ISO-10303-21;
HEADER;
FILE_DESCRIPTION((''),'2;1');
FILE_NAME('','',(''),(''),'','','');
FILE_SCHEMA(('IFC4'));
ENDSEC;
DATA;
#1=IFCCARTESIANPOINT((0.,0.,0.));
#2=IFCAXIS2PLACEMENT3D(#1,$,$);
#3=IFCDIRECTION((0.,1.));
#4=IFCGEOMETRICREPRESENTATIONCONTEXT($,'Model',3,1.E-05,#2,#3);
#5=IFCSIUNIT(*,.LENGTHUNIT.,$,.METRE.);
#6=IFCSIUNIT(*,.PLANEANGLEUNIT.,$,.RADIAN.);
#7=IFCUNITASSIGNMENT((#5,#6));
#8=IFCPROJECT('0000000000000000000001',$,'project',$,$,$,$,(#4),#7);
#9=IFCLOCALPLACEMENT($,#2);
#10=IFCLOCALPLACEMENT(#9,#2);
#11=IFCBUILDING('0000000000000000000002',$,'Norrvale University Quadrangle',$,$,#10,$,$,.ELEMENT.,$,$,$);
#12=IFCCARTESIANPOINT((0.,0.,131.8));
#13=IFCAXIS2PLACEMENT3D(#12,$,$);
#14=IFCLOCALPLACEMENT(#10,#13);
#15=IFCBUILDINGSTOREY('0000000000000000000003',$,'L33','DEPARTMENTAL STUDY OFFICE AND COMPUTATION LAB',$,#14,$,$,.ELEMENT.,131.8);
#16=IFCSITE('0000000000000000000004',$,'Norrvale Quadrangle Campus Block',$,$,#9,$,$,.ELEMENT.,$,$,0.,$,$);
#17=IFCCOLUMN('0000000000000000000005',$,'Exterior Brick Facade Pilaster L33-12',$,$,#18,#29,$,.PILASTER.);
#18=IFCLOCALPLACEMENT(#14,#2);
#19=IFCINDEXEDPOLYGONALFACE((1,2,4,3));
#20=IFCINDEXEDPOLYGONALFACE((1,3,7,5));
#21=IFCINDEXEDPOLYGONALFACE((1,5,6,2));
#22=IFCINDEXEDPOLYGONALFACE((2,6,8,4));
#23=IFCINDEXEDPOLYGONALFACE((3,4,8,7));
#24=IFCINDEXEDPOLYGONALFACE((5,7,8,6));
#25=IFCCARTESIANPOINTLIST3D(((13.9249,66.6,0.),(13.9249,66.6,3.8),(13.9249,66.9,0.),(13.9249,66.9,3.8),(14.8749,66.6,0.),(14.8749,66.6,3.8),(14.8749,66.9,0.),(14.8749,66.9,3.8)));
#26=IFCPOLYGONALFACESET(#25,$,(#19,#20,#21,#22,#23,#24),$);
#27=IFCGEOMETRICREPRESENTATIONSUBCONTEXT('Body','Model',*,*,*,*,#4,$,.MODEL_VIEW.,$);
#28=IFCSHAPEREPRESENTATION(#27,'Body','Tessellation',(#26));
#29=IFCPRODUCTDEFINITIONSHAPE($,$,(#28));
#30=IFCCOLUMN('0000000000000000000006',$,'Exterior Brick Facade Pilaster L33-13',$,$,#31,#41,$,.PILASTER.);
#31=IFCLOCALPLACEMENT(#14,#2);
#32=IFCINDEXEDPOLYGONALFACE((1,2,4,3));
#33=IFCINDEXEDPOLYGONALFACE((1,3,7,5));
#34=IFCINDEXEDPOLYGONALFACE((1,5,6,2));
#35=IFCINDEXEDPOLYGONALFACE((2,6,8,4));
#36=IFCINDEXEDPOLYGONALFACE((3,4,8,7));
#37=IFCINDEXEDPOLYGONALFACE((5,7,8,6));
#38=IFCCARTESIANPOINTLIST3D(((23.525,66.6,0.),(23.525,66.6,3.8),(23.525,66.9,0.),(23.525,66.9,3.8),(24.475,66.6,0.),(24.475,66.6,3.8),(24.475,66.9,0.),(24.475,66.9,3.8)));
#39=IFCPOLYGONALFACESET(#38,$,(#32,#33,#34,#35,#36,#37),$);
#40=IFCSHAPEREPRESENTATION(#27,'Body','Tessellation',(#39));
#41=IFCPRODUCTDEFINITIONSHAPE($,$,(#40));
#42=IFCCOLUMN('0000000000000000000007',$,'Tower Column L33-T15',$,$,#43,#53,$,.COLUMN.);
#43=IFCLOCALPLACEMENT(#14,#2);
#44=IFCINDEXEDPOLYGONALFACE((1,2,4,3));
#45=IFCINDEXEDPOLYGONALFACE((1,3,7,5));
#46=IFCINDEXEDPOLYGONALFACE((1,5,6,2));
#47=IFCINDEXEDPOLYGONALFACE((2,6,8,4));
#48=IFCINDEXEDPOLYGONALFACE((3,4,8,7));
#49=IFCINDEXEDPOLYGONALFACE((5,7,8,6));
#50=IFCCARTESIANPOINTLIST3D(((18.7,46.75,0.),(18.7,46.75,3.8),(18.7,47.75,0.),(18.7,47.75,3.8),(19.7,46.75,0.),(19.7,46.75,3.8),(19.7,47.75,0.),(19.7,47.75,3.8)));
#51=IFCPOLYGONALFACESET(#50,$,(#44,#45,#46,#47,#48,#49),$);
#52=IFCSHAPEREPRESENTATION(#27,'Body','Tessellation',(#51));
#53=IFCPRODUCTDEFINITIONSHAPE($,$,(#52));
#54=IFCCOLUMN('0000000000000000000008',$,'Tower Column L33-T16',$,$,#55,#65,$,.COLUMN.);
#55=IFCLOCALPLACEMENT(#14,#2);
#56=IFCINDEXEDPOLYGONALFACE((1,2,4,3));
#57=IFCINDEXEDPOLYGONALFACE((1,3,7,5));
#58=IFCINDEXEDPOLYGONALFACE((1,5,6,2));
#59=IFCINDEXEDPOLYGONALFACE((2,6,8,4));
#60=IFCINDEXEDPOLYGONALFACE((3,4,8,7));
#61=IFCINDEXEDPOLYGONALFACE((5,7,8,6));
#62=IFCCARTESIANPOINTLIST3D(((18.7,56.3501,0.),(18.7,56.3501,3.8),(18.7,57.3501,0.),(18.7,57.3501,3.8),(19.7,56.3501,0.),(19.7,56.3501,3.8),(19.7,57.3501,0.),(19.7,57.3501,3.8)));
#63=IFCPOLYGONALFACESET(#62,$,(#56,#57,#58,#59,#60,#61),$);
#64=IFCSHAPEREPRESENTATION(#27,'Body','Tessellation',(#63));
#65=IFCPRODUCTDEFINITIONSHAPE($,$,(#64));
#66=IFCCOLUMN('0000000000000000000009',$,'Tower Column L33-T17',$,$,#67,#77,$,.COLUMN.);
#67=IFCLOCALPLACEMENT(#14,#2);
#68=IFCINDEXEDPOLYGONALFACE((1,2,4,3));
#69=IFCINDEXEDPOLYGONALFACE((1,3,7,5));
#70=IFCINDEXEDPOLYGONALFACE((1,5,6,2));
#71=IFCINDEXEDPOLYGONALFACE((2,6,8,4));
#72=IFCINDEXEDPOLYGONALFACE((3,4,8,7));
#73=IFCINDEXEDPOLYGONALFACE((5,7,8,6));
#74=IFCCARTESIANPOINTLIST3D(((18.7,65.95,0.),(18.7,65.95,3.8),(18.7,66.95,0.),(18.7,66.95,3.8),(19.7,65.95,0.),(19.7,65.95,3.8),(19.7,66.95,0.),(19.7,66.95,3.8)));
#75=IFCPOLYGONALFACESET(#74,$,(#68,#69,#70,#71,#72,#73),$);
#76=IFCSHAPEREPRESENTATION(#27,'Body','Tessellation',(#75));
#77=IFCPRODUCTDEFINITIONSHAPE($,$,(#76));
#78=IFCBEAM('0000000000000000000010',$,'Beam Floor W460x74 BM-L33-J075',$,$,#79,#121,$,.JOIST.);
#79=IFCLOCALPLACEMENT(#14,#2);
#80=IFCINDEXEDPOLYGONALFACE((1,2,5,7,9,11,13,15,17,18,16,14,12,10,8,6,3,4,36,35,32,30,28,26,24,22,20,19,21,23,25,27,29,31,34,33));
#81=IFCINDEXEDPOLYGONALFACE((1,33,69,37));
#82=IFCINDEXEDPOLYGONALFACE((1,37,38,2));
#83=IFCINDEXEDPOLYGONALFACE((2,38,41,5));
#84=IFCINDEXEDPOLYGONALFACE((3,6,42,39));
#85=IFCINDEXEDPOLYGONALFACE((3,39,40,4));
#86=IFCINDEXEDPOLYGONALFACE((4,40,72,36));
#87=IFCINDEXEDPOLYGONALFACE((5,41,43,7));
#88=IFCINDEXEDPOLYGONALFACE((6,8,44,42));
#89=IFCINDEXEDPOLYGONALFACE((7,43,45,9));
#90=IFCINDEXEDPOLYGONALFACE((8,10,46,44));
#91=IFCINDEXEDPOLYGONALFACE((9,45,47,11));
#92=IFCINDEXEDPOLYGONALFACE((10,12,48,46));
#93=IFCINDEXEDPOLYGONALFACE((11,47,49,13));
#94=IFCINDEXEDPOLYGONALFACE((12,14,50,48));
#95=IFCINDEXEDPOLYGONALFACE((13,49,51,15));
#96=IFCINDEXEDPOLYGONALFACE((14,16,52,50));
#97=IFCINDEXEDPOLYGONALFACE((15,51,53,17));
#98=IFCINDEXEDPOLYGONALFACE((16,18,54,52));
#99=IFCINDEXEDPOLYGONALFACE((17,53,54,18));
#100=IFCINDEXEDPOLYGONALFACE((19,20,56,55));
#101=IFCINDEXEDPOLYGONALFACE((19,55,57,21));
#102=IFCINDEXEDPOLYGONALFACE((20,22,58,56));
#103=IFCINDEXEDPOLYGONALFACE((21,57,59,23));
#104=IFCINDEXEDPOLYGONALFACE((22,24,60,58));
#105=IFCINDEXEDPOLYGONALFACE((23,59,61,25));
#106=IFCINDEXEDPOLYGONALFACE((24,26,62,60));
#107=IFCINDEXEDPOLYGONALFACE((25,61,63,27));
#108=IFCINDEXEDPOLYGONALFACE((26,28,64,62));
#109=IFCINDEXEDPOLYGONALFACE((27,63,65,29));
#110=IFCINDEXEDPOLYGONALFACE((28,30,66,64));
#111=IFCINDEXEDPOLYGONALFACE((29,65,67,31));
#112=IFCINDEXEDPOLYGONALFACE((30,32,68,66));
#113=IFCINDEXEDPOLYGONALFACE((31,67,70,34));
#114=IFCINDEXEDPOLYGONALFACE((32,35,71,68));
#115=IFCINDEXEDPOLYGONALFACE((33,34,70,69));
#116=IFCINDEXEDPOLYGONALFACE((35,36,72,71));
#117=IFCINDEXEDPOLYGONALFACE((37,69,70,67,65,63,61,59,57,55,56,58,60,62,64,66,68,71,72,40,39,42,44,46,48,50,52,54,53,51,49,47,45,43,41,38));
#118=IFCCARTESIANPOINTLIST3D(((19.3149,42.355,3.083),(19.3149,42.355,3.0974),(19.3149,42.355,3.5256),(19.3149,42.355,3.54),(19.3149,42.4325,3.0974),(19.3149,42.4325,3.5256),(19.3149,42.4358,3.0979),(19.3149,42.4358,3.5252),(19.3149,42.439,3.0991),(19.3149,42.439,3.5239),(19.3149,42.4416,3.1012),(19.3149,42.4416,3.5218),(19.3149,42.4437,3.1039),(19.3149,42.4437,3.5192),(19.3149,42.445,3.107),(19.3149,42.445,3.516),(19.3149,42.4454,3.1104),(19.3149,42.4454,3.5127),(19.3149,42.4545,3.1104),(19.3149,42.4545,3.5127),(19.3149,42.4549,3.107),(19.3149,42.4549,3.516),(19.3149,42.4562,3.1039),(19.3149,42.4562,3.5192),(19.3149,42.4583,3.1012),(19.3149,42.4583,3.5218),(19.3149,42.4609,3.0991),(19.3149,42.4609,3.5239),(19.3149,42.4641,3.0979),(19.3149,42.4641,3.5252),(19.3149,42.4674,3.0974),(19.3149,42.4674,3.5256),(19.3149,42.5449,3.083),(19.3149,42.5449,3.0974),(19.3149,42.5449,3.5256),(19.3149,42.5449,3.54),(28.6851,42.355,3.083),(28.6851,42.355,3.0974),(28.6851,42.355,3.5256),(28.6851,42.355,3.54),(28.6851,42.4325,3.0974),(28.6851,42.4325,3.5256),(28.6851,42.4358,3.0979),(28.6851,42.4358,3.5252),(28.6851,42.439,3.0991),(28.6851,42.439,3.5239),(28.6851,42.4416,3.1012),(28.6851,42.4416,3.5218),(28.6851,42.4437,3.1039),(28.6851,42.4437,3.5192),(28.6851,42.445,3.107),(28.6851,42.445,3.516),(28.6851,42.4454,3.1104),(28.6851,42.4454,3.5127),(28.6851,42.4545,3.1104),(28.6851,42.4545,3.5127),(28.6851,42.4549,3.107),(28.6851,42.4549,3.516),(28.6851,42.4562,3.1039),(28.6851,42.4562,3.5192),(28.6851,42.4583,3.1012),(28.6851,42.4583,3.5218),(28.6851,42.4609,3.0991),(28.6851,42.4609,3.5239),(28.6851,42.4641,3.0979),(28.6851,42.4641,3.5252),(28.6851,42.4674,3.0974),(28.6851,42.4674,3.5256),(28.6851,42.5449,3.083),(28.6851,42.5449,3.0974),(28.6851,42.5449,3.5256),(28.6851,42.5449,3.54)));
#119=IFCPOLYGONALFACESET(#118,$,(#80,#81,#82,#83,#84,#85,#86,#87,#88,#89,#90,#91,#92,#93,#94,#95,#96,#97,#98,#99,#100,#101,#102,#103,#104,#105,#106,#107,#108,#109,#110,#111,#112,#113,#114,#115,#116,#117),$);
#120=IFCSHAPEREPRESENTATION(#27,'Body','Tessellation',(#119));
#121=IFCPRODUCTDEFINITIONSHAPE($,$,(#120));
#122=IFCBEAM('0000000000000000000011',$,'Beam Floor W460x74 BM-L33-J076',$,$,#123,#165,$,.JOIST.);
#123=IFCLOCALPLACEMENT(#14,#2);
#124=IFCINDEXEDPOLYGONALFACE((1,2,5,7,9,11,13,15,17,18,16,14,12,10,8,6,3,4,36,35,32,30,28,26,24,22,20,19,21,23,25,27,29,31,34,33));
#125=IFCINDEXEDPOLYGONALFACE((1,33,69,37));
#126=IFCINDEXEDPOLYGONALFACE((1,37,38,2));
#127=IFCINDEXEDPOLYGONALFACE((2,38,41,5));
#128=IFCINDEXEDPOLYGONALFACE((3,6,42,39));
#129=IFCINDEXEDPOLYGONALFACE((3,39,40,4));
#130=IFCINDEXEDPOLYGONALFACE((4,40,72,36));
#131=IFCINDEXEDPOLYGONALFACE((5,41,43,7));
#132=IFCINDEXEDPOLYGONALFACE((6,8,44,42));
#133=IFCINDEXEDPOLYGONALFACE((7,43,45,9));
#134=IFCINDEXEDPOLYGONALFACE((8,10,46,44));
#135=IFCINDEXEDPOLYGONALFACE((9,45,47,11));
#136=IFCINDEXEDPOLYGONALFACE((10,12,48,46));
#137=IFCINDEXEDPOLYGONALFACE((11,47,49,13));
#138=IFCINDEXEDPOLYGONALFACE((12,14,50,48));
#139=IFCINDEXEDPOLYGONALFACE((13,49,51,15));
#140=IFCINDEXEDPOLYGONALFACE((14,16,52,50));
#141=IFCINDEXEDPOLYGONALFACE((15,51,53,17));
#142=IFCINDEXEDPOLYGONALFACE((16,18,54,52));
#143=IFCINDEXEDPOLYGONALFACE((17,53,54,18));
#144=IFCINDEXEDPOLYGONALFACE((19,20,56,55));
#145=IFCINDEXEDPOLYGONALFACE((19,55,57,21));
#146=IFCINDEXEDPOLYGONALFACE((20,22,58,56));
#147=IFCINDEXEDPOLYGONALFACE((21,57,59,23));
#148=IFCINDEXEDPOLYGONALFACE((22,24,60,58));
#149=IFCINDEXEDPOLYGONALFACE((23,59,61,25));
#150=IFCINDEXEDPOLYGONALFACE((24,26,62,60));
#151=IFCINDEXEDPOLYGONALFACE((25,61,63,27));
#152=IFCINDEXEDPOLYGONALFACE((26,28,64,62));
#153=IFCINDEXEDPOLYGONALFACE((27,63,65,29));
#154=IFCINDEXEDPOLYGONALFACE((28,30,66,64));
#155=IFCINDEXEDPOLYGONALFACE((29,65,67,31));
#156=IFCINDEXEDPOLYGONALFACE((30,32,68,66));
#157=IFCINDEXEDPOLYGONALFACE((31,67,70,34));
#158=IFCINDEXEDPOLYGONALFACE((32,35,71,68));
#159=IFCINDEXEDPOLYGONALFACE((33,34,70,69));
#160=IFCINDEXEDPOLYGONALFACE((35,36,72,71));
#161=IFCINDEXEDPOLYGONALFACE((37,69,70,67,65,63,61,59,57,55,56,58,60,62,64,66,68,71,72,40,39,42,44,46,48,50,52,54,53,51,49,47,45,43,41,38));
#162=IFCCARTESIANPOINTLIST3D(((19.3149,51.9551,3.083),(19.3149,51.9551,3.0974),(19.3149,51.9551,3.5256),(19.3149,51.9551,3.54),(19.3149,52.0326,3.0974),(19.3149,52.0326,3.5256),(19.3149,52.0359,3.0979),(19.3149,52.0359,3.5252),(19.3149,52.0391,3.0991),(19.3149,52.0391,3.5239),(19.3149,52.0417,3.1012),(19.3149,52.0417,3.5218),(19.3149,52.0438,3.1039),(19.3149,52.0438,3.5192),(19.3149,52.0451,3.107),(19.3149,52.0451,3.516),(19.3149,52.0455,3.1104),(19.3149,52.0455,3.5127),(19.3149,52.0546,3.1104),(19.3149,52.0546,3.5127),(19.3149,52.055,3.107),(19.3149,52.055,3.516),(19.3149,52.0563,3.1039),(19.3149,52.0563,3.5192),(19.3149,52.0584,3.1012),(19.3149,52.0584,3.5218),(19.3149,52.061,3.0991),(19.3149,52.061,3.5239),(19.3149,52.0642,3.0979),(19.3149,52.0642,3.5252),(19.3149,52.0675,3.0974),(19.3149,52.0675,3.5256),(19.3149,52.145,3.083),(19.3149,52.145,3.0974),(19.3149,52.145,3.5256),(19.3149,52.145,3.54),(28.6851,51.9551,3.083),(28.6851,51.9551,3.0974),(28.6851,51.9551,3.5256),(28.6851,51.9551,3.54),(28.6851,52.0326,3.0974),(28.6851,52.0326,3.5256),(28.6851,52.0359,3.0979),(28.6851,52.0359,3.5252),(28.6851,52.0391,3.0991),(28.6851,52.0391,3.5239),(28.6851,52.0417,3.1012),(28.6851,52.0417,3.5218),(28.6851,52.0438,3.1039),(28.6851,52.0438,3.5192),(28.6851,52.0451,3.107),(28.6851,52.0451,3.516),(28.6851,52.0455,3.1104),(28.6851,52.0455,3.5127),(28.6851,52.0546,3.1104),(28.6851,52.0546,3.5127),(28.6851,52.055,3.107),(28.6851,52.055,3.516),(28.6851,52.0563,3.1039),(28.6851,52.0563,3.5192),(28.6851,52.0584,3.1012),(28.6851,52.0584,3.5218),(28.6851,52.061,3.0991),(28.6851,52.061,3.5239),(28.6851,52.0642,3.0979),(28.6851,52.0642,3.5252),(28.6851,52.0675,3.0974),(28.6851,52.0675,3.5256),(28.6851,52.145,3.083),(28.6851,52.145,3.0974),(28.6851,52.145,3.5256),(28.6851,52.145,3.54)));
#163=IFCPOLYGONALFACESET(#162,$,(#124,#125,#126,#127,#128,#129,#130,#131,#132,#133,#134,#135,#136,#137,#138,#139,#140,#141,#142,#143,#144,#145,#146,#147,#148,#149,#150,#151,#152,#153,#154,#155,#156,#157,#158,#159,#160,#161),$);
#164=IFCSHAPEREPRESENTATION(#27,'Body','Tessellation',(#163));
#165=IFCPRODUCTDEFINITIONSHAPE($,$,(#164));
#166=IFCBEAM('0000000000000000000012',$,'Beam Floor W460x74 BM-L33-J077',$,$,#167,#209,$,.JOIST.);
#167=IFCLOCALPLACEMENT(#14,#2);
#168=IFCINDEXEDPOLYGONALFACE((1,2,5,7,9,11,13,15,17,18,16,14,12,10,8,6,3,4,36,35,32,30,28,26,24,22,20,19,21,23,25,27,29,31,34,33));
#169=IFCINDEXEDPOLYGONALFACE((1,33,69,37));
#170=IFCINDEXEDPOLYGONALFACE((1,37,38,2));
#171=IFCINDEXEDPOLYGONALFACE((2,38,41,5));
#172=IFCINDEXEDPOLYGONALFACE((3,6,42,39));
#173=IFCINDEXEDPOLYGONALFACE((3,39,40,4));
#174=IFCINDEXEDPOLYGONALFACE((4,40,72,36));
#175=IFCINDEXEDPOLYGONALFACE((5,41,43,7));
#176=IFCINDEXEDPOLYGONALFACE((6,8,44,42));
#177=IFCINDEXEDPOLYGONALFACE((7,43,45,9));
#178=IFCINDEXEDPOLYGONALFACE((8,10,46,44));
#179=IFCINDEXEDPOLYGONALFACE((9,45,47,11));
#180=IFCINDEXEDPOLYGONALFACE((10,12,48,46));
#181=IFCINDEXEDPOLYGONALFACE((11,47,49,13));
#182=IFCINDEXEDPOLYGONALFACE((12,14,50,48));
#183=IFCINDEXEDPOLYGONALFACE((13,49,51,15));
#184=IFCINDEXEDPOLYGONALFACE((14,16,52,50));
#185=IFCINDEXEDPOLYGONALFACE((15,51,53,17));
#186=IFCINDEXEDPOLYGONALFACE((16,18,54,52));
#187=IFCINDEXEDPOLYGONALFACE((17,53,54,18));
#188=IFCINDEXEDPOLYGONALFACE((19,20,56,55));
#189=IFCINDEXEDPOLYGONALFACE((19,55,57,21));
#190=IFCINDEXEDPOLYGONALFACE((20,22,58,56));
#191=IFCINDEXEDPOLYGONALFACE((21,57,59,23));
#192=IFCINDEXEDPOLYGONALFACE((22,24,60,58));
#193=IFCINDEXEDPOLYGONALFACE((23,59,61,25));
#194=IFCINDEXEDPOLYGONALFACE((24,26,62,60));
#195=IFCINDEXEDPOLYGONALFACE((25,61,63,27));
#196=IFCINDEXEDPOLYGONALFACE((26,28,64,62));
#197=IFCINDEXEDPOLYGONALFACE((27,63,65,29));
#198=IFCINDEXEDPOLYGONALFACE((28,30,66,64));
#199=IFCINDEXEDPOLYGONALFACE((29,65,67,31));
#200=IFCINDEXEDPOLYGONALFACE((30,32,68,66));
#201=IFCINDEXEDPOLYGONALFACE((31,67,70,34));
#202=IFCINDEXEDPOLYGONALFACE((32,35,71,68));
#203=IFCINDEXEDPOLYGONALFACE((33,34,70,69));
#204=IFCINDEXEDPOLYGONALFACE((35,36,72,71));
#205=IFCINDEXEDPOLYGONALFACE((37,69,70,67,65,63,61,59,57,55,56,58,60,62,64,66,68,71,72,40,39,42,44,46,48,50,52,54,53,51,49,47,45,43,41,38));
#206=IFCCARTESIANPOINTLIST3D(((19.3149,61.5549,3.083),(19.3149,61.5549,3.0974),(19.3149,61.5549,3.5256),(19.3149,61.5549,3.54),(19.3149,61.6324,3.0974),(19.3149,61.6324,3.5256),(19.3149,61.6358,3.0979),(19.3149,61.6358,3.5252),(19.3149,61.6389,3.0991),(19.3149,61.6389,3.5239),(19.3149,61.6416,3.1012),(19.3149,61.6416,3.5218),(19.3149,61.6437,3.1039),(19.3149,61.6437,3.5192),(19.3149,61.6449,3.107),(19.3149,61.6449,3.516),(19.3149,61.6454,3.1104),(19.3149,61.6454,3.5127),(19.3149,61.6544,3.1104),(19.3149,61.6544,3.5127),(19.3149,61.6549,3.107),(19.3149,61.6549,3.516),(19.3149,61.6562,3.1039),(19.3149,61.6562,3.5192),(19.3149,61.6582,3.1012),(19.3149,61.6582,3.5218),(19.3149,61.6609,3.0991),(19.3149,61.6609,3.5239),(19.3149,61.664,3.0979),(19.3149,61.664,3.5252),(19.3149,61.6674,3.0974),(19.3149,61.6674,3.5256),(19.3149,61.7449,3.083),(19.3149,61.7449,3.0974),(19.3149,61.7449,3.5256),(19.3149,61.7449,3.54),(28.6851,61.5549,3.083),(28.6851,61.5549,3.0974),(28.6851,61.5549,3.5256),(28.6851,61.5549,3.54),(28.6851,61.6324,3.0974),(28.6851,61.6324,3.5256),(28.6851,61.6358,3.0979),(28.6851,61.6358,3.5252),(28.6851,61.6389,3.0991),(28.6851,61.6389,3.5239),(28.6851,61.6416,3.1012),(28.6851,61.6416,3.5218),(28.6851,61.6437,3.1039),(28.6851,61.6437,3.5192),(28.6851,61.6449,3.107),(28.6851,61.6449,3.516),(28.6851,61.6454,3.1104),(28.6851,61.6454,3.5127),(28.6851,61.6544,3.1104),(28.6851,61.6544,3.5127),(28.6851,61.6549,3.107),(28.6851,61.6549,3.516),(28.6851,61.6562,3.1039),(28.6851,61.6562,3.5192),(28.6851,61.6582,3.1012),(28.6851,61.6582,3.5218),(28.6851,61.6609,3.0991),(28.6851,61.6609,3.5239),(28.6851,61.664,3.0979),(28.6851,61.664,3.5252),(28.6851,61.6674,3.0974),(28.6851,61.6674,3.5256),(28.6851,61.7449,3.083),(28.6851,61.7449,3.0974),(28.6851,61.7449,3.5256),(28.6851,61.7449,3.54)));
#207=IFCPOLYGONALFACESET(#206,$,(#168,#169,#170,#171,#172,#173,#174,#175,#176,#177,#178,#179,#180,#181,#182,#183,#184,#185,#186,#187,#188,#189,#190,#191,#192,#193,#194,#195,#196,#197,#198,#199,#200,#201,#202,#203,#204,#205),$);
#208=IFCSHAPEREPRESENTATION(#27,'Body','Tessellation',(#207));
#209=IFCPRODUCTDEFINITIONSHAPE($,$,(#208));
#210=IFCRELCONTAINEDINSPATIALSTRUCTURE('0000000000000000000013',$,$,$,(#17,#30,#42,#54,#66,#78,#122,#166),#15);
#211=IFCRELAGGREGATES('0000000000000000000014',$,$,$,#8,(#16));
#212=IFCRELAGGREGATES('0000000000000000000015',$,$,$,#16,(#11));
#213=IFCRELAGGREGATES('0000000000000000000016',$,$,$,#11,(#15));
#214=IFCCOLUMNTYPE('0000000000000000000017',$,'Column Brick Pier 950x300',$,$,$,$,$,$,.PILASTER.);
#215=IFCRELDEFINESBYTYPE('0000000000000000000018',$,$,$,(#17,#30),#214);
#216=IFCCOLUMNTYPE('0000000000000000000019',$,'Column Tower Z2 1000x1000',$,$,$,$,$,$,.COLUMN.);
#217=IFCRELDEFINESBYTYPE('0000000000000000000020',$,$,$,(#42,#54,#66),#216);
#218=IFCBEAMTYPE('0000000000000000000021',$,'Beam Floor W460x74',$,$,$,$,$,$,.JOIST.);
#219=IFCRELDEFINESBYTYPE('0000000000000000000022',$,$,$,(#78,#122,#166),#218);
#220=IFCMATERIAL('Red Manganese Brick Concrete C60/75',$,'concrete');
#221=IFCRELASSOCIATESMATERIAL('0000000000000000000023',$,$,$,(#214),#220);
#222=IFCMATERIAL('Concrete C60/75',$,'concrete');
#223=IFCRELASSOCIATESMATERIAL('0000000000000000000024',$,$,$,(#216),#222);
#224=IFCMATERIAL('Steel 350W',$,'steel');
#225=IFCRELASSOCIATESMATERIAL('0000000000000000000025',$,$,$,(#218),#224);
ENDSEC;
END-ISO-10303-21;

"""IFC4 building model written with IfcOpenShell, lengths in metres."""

from ifc_helpers import new_model, si_unit, direction, frame, origin, origin_2d, place, context, subcontext, project, spatial, rectangle, i_section, extrude, material, material_profile, profile_set, type_object, element, save


model = new_model("IFC4")

# Units and contexts
model_context = context("Model", 3, precision=1e-05, world=origin(), true_north=direction((0.0, 1.0)))
body_context = subcontext(model_context, "Body", "Model", "MODEL_VIEW")
ifc_project = project(units=[si_unit("LENGTHUNIT", "METRE"), si_unit("PLANEANGLEUNIT", "RADIAN")], contexts=[model_context])

# Site, building, storey
site_placement = place(None, origin())
site = spatial("IfcSite", under=ifc_project, at=site_placement, Name="Norrvale Quadrangle Campus Block", CompositionType="ELEMENT", RefElevation=0.0)
building_placement = place(site_placement, origin())
building = spatial("IfcBuilding", under=site, at=building_placement, Name="Norrvale University Quadrangle", CompositionType="ELEMENT")
storey_placement = place(building_placement, frame((0.0, 0.0, 131.8)))
storey = spatial("IfcBuildingStorey", under=building, at=storey_placement, Name="L33", Description="DEPARTMENTAL STUDY OFFICE AND COMPUTATION LAB", CompositionType="ELEMENT", Elevation=131.8)

# Columns
ifc_material_1 = material(Name="Red Manganese Brick Concrete C60/75", Category="concrete")
ifc_material_profile_1 = material_profile(ifc_material_1, rectangle(XDim=0.95, YDim=0.3, at=origin_2d()), Name="Red Manganese Brick Concrete C60/75")
ifc_profile_set_1 = profile_set([ifc_material_profile_1], Name="Red Manganese Brick Concrete C60/75")
column_type_1 = type_object("IfcColumnType", Name="Column Brick Pier 950x300", PredefinedType="PILASTER", material=ifc_profile_set_1)
for number, where, z_axis, x_axis, name in (
    (1, (14.3999, 66.75, 0.0), (0.0, 0.0, 1.0), (1.0, 0.0, 0.0), "Exterior Brick Facade Pilaster L33-12"),
    (2, (24.0, 66.75, 0.0), (0.0, 0.0, 1.0), (1.0, 0.0, 0.0), "Exterior Brick Facade Pilaster L33-13"),
):
    element("IfcColumn", number, at=place(storey_placement, frame(where, z_axis=z_axis, x_axis=x_axis)), inside=storey, type_object=column_type_1, Name=name, PredefinedType="PILASTER", context=body_context, shape_type="SweptSolid", body=[
        extrude(rectangle(XDim=0.95, YDim=0.3, at=origin_2d()), origin(), (0.0, 0.0, 1.0), 3.8),
    ])
ifc_material_2 = material(Name="Concrete C60/75", Category="concrete")
ifc_material_profile_2 = material_profile(ifc_material_2, rectangle(XDim=1.0, YDim=1.0, at=origin_2d()), Name="Concrete C60/75")
ifc_profile_set_2 = profile_set([ifc_material_profile_2], Name="Concrete C60/75")
column_type_2 = type_object("IfcColumnType", Name="Column Tower Z2 1000x1000", PredefinedType="COLUMN", material=ifc_profile_set_2)
for number, where, z_axis, x_axis, name in (
    (3, (19.2, 47.25, 0.0), (0.0, 0.0, 1.0), (1.0, 0.0, 0.0), "Tower Column L33-T15"),
    (4, (19.2, 56.8501, 0.0), (0.0, 0.0, 1.0), (1.0, 0.0, 0.0), "Tower Column L33-T16"),
    (5, (19.2, 66.45, 0.0), (0.0, 0.0, 1.0), (1.0, 0.0, 0.0), "Tower Column L33-T17"),
):
    element("IfcColumn", number, at=place(storey_placement, frame(where, z_axis=z_axis, x_axis=x_axis)), inside=storey, type_object=column_type_2, Name=name, PredefinedType="COLUMN", context=body_context, shape_type="SweptSolid", body=[
        extrude(rectangle(XDim=1.0, YDim=1.0, at=origin_2d()), origin(), (0.0, 0.0, 1.0), 3.8),
    ])

# Beams
ifc_material_3 = material(Name="Steel 350W", Category="steel")
ifc_material_profile_3 = material_profile(ifc_material_3, i_section(OverallWidth=0.1899, OverallDepth=0.457, WebThickness=0.009, FlangeThickness=0.0144, FilletRadius=0.0129, at=origin_2d()), Name="Steel 350W")
ifc_profile_set_3 = profile_set([ifc_material_profile_3], Name="Steel 350W")
beam_type_1 = type_object("IfcBeamType", Name="Beam Floor W460x74", PredefinedType="JOIST", material=ifc_profile_set_3)
for number, where, z_axis, x_axis, name in (
    (6, (19.3149, 42.45, 3.3115), (1.0, 0.0, 0.0), (0.0, 1.0, 0.0), "Beam Floor W460x74 BM-L33-J075"),
    (7, (19.3149, 52.05, 3.3115), (1.0, 0.0, 0.0), (0.0, 1.0, 0.0), "Beam Floor W460x74 BM-L33-J076"),
    (8, (19.3149, 61.6499, 3.3115), (1.0, 0.0, 0.0), (0.0, 1.0, 0.0), "Beam Floor W460x74 BM-L33-J077"),
):
    element("IfcBeam", number, at=place(storey_placement, frame(where, z_axis=z_axis, x_axis=x_axis)), inside=storey, type_object=beam_type_1, Name=name, PredefinedType="JOIST", context=body_context, shape_type="SweptSolid", body=[
        extrude(i_section(OverallWidth=0.1899, OverallDepth=0.457, WebThickness=0.009, FlangeThickness=0.0144, FilletRadius=0.0129, at=origin_2d()), origin(), (0.0, 0.0, 1.0), 9.3701),
    ])

save(model, "model.ifc")
